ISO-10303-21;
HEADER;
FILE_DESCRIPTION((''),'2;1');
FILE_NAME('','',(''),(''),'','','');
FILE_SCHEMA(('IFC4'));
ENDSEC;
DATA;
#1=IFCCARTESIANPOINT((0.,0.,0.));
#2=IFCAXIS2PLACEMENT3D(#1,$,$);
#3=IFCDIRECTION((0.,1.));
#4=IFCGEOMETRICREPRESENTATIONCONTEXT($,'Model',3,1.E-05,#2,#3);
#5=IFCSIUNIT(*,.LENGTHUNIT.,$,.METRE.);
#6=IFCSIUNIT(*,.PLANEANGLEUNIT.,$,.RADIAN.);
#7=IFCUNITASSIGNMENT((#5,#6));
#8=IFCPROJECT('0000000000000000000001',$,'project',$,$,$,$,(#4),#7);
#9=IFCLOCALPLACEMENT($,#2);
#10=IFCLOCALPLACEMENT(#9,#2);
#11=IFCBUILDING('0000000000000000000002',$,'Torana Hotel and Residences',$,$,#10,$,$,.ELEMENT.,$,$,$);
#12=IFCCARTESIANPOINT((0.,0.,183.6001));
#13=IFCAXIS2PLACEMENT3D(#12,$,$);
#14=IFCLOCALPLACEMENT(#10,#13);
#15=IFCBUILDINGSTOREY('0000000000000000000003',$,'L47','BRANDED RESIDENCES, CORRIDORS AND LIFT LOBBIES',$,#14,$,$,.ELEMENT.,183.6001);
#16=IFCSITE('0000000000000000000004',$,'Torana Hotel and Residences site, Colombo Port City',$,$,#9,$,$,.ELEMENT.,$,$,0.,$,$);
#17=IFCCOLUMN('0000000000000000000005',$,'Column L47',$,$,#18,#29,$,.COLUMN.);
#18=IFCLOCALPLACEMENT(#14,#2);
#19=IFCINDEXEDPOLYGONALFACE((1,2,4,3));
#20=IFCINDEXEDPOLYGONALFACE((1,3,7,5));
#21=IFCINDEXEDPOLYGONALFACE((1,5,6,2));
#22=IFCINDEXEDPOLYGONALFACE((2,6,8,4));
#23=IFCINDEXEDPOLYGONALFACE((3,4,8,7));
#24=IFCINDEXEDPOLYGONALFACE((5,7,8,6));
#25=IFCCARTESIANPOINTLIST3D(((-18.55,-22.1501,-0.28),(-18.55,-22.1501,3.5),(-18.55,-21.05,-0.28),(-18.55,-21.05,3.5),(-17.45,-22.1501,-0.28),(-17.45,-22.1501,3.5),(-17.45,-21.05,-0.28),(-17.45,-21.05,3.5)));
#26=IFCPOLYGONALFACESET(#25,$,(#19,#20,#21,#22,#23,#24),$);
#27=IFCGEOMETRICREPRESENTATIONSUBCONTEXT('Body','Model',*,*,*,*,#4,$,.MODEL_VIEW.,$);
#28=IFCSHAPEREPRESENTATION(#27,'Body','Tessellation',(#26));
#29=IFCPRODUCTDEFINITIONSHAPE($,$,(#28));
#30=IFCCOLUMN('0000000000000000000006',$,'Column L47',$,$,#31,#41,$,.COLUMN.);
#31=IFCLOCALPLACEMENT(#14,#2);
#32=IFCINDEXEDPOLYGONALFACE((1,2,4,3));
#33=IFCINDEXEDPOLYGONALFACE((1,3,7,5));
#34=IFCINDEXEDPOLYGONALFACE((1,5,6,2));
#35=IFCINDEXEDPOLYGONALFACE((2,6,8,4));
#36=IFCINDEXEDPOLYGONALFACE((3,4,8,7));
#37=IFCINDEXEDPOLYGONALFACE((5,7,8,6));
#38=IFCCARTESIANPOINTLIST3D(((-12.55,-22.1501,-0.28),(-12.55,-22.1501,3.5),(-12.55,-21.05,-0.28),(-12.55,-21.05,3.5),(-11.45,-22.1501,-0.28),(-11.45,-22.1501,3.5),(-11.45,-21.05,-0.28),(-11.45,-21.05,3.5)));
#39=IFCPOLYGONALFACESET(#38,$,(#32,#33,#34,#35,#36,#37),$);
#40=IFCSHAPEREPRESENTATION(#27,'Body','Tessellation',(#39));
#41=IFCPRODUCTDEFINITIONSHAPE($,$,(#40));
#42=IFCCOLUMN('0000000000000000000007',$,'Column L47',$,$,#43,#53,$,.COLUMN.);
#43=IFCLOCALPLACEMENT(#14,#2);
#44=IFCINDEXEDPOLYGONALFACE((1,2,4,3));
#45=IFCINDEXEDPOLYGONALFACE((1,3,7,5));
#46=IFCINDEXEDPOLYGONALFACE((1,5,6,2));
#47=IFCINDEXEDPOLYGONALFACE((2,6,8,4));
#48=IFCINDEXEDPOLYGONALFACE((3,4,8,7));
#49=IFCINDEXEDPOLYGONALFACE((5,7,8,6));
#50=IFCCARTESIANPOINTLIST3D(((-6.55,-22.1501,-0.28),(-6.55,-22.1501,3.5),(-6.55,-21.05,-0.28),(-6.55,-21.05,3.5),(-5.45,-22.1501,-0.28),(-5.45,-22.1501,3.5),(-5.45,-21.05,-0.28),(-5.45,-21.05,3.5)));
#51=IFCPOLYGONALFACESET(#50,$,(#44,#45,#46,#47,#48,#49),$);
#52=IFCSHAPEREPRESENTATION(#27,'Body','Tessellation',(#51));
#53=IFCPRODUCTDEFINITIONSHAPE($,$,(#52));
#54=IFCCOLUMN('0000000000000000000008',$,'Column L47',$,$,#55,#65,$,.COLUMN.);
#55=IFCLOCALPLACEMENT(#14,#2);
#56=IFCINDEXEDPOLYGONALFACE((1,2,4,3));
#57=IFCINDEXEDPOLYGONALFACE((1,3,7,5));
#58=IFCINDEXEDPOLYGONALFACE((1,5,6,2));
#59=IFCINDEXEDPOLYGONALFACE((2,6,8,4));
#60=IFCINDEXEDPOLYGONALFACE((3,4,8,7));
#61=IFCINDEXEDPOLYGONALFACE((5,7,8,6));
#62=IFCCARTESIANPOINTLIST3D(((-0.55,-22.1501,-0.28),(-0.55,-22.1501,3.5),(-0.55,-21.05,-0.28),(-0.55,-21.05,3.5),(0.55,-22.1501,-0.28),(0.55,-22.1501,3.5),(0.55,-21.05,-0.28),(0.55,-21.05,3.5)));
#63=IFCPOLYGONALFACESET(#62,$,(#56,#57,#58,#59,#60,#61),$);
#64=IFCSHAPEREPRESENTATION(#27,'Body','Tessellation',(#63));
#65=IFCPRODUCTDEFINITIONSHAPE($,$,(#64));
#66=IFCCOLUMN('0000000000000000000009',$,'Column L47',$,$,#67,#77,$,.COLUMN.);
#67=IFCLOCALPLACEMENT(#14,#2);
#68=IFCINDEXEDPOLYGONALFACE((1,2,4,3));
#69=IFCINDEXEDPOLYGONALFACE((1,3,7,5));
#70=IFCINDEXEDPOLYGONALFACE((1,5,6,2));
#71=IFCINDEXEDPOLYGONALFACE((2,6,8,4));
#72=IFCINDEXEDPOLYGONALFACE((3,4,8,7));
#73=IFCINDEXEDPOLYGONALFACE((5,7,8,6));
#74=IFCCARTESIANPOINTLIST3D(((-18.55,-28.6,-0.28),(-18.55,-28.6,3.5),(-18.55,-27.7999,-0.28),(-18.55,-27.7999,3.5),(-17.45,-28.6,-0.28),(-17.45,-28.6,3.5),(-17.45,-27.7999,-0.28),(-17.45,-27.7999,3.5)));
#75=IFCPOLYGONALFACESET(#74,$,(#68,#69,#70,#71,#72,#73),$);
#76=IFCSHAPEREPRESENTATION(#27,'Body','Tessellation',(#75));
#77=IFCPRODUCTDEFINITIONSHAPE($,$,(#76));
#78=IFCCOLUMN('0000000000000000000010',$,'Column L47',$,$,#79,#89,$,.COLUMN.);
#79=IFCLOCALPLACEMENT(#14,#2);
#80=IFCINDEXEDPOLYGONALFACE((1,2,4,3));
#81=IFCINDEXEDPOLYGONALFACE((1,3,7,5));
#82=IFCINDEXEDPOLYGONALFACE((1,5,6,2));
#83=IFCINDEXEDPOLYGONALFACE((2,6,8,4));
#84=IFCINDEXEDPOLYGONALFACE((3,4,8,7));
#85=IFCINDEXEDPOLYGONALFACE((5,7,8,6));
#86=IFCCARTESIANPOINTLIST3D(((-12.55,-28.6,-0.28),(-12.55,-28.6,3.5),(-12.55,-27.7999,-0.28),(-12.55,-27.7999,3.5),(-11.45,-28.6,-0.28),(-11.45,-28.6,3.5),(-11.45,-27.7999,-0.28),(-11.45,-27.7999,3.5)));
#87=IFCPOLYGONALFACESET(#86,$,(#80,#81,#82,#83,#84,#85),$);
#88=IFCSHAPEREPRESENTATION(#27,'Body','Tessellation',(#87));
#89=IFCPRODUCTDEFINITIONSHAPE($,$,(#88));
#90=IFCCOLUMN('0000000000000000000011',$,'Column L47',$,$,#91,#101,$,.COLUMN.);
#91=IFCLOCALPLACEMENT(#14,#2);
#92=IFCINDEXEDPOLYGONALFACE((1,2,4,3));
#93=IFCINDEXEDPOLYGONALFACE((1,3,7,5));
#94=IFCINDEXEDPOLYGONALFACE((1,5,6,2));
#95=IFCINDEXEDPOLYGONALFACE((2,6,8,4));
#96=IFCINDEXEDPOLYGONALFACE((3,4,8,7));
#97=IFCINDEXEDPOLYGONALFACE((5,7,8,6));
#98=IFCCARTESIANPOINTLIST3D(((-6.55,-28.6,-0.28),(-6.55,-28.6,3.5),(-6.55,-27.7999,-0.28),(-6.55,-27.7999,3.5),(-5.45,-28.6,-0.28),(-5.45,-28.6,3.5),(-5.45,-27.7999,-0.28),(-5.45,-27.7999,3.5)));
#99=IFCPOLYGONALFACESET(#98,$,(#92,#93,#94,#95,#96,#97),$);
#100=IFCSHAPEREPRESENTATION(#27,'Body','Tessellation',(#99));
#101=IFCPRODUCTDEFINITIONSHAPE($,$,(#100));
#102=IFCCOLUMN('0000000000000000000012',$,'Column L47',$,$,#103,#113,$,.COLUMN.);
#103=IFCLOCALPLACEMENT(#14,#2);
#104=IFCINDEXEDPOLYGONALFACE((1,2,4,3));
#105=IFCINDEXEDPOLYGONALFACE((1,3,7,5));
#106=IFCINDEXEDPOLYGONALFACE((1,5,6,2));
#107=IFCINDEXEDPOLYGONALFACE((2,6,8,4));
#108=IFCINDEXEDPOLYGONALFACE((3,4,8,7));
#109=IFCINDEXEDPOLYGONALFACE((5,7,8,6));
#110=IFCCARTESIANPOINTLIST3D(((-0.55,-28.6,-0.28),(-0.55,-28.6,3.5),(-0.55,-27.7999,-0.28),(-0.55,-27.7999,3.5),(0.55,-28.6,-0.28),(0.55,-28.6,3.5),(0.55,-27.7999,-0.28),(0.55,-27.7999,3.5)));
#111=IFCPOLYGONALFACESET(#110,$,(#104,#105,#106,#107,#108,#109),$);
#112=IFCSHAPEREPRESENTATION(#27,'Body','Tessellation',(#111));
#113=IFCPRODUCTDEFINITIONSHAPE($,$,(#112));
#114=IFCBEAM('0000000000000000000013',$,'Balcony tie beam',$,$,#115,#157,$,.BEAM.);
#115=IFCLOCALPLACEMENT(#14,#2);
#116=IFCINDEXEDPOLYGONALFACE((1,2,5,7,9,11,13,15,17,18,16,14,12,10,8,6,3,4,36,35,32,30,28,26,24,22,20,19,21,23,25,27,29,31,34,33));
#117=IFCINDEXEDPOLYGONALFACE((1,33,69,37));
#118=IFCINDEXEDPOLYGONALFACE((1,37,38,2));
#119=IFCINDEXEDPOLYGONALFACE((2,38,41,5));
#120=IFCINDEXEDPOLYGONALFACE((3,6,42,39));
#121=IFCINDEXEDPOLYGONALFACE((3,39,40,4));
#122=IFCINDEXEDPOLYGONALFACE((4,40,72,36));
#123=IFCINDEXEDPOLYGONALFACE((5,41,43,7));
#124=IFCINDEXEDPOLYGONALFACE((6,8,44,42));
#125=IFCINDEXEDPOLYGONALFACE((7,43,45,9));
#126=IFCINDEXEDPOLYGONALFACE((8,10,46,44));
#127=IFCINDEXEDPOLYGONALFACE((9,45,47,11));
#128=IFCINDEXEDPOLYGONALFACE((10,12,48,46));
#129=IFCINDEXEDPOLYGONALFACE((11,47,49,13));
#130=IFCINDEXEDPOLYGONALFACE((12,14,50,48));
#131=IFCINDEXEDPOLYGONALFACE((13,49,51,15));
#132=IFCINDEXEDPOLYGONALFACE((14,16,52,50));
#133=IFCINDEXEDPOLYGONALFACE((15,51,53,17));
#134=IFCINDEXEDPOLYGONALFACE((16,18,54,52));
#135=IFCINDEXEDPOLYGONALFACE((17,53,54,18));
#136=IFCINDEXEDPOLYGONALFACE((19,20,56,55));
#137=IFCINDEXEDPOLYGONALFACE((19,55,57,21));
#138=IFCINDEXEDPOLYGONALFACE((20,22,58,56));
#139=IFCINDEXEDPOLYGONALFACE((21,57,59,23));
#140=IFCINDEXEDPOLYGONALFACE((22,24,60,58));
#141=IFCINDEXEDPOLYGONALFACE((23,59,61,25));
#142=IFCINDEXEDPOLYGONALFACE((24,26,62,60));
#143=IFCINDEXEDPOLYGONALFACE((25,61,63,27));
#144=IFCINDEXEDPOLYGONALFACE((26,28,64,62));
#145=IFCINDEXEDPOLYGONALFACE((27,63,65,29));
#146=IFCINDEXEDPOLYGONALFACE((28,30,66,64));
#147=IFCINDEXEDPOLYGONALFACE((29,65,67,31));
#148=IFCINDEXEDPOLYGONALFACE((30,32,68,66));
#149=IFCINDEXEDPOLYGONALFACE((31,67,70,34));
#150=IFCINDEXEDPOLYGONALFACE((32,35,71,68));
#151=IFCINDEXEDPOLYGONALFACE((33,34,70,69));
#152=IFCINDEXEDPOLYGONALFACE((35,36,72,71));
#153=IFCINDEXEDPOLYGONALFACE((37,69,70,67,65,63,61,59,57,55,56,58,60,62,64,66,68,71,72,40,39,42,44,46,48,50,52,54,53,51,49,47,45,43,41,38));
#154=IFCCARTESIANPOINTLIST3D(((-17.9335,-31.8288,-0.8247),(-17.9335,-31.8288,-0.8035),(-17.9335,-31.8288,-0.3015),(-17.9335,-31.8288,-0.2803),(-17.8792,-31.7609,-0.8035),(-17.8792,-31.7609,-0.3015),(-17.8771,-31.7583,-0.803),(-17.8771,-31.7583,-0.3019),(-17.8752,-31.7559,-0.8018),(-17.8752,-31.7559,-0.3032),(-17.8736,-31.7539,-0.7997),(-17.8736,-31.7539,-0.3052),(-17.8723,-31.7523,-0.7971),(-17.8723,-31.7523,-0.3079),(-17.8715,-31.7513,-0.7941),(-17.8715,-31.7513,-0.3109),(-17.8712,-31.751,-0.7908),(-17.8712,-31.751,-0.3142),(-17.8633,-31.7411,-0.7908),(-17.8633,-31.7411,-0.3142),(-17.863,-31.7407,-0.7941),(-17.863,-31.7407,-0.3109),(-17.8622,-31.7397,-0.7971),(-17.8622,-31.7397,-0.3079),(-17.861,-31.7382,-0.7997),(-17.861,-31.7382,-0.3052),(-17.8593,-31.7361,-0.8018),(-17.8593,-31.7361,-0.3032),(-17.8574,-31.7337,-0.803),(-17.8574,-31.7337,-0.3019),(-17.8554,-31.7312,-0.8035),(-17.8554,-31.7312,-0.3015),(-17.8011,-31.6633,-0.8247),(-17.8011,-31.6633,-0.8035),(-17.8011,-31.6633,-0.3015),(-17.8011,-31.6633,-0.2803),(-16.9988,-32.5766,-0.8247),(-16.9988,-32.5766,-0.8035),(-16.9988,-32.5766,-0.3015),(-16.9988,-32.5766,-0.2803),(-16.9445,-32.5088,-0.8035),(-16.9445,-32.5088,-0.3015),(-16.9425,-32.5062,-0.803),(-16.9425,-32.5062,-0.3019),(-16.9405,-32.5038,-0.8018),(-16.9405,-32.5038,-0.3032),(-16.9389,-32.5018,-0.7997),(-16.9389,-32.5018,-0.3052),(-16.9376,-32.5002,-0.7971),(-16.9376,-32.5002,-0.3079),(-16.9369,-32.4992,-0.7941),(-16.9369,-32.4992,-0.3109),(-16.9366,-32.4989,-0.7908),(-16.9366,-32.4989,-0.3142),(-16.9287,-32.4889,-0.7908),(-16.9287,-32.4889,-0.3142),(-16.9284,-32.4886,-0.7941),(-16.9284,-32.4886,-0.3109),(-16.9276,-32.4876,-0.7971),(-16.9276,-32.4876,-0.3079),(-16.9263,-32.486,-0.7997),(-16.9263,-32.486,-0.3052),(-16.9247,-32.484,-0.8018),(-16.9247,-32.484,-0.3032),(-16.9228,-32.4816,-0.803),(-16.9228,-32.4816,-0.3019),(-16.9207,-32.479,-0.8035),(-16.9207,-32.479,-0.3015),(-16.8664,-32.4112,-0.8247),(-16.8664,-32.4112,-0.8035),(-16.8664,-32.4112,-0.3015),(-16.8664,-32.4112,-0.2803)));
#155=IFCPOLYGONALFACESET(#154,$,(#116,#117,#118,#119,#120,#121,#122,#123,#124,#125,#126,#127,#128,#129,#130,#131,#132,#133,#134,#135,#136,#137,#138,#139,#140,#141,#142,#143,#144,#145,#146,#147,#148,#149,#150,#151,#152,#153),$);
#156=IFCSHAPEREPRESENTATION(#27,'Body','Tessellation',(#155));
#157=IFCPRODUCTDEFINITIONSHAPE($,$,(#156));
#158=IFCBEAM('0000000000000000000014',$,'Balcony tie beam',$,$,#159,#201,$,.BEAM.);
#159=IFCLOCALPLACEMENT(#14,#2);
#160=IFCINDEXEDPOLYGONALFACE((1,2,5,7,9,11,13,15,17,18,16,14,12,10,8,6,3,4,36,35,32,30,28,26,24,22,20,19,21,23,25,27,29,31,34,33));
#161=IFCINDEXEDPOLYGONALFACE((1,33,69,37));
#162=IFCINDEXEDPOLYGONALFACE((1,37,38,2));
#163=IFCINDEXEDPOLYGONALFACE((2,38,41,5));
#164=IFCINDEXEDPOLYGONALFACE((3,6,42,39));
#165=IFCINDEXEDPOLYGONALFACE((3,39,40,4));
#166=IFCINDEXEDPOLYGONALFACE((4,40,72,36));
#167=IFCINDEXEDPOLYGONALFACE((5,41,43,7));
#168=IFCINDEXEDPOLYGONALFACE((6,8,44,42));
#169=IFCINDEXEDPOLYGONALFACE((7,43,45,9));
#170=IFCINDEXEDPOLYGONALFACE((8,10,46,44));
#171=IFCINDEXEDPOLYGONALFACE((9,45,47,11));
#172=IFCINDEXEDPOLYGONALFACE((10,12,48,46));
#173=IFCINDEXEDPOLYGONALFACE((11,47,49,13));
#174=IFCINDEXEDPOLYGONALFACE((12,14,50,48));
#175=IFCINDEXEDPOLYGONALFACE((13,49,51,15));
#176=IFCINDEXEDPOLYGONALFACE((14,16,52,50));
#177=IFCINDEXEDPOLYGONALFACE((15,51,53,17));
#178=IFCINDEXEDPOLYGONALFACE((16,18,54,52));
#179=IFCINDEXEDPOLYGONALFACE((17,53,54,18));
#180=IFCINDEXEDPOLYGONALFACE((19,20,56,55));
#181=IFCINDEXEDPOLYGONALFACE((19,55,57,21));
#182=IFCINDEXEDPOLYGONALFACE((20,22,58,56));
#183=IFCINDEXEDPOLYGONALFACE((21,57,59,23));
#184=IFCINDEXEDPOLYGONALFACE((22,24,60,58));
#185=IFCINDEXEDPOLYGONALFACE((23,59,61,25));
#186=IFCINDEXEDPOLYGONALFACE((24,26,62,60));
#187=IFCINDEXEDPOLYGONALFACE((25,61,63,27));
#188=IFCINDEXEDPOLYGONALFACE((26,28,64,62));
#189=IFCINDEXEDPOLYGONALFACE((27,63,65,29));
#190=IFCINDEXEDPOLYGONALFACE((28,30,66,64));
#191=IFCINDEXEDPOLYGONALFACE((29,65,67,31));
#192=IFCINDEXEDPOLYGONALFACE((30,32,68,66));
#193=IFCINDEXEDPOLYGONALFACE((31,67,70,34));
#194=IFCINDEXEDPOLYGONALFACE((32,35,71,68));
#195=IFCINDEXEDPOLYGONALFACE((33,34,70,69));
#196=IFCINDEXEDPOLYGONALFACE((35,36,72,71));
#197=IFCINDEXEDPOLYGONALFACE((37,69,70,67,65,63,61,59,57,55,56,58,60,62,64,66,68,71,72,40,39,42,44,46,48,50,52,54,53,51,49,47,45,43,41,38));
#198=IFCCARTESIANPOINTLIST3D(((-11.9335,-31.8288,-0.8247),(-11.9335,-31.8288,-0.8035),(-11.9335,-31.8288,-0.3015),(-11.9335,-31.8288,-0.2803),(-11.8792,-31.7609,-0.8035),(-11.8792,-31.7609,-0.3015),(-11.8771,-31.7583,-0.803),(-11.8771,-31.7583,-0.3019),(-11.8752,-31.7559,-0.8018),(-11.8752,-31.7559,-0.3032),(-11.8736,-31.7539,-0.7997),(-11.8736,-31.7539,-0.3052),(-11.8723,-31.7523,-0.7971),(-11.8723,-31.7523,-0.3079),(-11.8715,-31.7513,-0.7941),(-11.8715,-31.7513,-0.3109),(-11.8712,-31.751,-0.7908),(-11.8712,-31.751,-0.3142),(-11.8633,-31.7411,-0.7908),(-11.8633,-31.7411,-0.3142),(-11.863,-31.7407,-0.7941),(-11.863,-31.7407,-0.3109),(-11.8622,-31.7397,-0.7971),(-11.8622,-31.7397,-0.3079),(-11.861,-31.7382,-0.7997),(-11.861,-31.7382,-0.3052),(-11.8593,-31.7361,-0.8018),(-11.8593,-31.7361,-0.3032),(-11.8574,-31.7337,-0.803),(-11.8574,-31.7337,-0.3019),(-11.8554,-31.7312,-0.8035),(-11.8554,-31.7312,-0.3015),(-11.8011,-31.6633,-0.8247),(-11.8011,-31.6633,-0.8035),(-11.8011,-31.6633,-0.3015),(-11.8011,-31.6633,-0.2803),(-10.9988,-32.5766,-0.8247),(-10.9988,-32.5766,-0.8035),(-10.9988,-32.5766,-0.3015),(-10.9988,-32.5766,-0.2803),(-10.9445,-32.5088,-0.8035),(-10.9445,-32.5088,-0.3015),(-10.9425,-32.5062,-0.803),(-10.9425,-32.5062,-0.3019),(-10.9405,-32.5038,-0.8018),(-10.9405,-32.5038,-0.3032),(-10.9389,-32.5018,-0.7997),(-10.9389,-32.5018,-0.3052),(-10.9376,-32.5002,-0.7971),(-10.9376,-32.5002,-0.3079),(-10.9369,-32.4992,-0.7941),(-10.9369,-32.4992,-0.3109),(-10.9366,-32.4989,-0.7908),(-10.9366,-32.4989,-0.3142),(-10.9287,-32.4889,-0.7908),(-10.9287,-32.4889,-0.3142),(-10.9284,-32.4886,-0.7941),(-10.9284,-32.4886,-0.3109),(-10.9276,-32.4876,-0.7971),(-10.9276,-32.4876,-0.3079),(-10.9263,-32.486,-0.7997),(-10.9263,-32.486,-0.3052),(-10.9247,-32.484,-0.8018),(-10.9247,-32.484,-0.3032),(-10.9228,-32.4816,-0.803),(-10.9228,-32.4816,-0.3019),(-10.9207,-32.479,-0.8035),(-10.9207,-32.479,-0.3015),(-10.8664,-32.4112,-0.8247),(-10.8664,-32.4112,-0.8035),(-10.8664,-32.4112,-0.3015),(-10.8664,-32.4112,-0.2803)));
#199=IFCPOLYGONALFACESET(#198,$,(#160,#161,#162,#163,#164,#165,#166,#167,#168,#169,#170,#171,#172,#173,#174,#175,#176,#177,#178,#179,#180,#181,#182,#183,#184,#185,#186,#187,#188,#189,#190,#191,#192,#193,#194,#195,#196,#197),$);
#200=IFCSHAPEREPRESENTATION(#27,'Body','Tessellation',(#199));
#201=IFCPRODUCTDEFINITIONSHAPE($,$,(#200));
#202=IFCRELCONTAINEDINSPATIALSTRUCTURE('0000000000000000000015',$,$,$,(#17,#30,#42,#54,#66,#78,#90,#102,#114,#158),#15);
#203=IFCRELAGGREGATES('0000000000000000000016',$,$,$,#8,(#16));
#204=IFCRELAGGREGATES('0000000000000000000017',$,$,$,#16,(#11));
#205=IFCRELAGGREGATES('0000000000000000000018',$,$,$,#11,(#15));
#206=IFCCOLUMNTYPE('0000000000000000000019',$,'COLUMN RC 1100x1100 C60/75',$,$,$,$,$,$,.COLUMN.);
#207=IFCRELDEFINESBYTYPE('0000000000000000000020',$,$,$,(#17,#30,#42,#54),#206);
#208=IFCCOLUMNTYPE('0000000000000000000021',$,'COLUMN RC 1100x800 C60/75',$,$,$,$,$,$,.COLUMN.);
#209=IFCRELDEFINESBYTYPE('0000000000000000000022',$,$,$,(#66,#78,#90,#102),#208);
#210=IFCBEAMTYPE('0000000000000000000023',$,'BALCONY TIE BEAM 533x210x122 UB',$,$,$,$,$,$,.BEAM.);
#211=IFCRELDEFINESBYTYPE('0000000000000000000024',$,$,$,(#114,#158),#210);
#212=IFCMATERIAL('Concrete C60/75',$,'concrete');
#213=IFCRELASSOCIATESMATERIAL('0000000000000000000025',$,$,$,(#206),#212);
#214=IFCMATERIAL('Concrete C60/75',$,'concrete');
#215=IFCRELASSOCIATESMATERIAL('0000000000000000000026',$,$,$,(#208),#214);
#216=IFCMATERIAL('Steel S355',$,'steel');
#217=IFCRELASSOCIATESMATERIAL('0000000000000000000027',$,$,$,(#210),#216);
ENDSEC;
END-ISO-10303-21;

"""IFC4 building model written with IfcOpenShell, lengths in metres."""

from ifc_helpers import new_model, si_unit, direction, frame, origin, origin_2d, place, context, subcontext, project, spatial, rectangle, i_section, extrude, material, material_profile, profile_set, type_object, element, save


model = new_model("IFC4")

# Units and contexts
model_context = context("Model", 3, precision=1e-05, world=origin(), true_north=direction((0.0, 1.0)))
body_context = subcontext(model_context, "Body", "Model", "MODEL_VIEW")
ifc_project = project(units=[si_unit("LENGTHUNIT", "METRE"), si_unit("PLANEANGLEUNIT", "RADIAN")], contexts=[model_context])

# Site, building, storey
site_placement = place(None, origin())
site = spatial("IfcSite", under=ifc_project, at=site_placement, Name="Torana Hotel and Residences site, Colombo Port City", CompositionType="ELEMENT", RefElevation=0.0)
building_placement = place(site_placement, origin())
building = spatial("IfcBuilding", under=site, at=building_placement, Name="Torana Hotel and Residences", CompositionType="ELEMENT")
storey_placement = place(building_placement, frame((0.0, 0.0, 183.6001)))
storey = spatial("IfcBuildingStorey", under=building, at=storey_placement, Name="L47", Description="BRANDED RESIDENCES, CORRIDORS AND LIFT LOBBIES", CompositionType="ELEMENT", Elevation=183.6001)

# Columns
ifc_material_1 = material(Name="Concrete C60/75", Category="concrete")
ifc_material_profile_1 = material_profile(ifc_material_1, rectangle(XDim=1.1001, YDim=1.1001, at=origin_2d()), Name="RC 1100x1100")
ifc_profile_set_1 = profile_set([ifc_material_profile_1], Name="Concrete C60/75")
column_type_1 = type_object("IfcColumnType", Name="COLUMN RC 1100x1100 C60/75", PredefinedType="COLUMN", material=ifc_profile_set_1)
for number, where, z_axis, x_axis, name in (
    (1, (-18.0, -21.6001, -0.28), (0.0, 0.0, 1.0), (1.0, 0.0, 0.0), "Column L47"),
    (2, (-12.0, -21.6001, -0.28), (0.0, 0.0, 1.0), (1.0, 0.0, 0.0), "Column L47"),
    (3, (-6.0, -21.6001, -0.28), (0.0, 0.0, 1.0), (1.0, 0.0, 0.0), "Column L47"),
    (4, (0.0, -21.6001, -0.28), (0.0, 0.0, 1.0), (1.0, 0.0, 0.0), "Column L47"),
):
    element("IfcColumn", number, at=place(storey_placement, frame(where, z_axis=z_axis, x_axis=x_axis)), inside=storey, type_object=column_type_1, Name=name, PredefinedType="COLUMN", context=body_context, shape_type="SweptSolid", body=[
        extrude(rectangle(XDim=1.1001, YDim=1.1001, at=origin_2d()), origin(), (0.0, 0.0, 1.0), 3.78),
    ])
ifc_material_2 = material(Name="Concrete C60/75", Category="concrete")
ifc_material_profile_2 = material_profile(ifc_material_2, rectangle(XDim=1.1001, YDim=0.8, at=origin_2d()), Name="RC 1100x800")
ifc_profile_set_2 = profile_set([ifc_material_profile_2], Name="Concrete C60/75")
column_type_2 = type_object("IfcColumnType", Name="COLUMN RC 1100x800 C60/75", PredefinedType="COLUMN", material=ifc_profile_set_2)
for number, where, z_axis, x_axis, name in (
    (5, (-18.0, -28.2, -0.28), (0.0, 0.0, 1.0), (1.0, 0.0, 0.0), "Column L47"),
    (6, (-12.0, -28.2, -0.28), (0.0, 0.0, 1.0), (1.0, 0.0, 0.0), "Column L47"),
    (7, (-6.0, -28.2, -0.28), (0.0, 0.0, 1.0), (1.0, 0.0, 0.0), "Column L47"),
    (8, (0.0, -28.2, -0.28), (0.0, 0.0, 1.0), (1.0, 0.0, 0.0), "Column L47"),
):
    element("IfcColumn", number, at=place(storey_placement, frame(where, z_axis=z_axis, x_axis=x_axis)), inside=storey, type_object=column_type_2, Name=name, PredefinedType="COLUMN", context=body_context, shape_type="SweptSolid", body=[
        extrude(rectangle(XDim=1.1001, YDim=0.8, at=origin_2d()), origin(), (0.0, 0.0, 1.0), 3.78),
    ])

# Beams
ifc_material_3 = material(Name="Steel S355", Category="steel")
ifc_material_profile_3 = material_profile(ifc_material_3, i_section(OverallWidth=0.2119, OverallDepth=0.5444, WebThickness=0.0127, FlangeThickness=0.0212, FilletRadius=0.0127, at=origin_2d()), Name="533x210x122 UB")
ifc_profile_set_3 = profile_set([ifc_material_profile_3], Name="Steel S355")
beam_type = type_object("IfcBeamType", Name="BALCONY TIE BEAM 533x210x122 UB", PredefinedType="BEAM", material=ifc_profile_set_3)
for number, where, z_axis, x_axis, name in (
    (9, (-16.9326, -32.4939, -0.5525), (-0.780809, 0.62477, 0.0), (-0.62477, -0.780809, 0.0), "Balcony tie beam"),
    (10, (-10.9326, -32.4939, -0.5525), (-0.780809, 0.62477, 0.0), (-0.62477, -0.780809, 0.0), "Balcony tie beam"),
):
    element("IfcBeam", number, at=place(storey_placement, frame(where, z_axis=z_axis, x_axis=x_axis)), inside=storey, type_object=beam_type, Name=name, PredefinedType="BEAM", context=body_context, shape_type="SweptSolid", body=[
        extrude(i_section(OverallWidth=0.2119, OverallDepth=0.5444, WebThickness=0.0127, FlangeThickness=0.0212, FilletRadius=0.0127, at=origin_2d()), origin(), (0.0, 0.0, 1.0), 1.197),
    ])

save(model, "model.ifc")
